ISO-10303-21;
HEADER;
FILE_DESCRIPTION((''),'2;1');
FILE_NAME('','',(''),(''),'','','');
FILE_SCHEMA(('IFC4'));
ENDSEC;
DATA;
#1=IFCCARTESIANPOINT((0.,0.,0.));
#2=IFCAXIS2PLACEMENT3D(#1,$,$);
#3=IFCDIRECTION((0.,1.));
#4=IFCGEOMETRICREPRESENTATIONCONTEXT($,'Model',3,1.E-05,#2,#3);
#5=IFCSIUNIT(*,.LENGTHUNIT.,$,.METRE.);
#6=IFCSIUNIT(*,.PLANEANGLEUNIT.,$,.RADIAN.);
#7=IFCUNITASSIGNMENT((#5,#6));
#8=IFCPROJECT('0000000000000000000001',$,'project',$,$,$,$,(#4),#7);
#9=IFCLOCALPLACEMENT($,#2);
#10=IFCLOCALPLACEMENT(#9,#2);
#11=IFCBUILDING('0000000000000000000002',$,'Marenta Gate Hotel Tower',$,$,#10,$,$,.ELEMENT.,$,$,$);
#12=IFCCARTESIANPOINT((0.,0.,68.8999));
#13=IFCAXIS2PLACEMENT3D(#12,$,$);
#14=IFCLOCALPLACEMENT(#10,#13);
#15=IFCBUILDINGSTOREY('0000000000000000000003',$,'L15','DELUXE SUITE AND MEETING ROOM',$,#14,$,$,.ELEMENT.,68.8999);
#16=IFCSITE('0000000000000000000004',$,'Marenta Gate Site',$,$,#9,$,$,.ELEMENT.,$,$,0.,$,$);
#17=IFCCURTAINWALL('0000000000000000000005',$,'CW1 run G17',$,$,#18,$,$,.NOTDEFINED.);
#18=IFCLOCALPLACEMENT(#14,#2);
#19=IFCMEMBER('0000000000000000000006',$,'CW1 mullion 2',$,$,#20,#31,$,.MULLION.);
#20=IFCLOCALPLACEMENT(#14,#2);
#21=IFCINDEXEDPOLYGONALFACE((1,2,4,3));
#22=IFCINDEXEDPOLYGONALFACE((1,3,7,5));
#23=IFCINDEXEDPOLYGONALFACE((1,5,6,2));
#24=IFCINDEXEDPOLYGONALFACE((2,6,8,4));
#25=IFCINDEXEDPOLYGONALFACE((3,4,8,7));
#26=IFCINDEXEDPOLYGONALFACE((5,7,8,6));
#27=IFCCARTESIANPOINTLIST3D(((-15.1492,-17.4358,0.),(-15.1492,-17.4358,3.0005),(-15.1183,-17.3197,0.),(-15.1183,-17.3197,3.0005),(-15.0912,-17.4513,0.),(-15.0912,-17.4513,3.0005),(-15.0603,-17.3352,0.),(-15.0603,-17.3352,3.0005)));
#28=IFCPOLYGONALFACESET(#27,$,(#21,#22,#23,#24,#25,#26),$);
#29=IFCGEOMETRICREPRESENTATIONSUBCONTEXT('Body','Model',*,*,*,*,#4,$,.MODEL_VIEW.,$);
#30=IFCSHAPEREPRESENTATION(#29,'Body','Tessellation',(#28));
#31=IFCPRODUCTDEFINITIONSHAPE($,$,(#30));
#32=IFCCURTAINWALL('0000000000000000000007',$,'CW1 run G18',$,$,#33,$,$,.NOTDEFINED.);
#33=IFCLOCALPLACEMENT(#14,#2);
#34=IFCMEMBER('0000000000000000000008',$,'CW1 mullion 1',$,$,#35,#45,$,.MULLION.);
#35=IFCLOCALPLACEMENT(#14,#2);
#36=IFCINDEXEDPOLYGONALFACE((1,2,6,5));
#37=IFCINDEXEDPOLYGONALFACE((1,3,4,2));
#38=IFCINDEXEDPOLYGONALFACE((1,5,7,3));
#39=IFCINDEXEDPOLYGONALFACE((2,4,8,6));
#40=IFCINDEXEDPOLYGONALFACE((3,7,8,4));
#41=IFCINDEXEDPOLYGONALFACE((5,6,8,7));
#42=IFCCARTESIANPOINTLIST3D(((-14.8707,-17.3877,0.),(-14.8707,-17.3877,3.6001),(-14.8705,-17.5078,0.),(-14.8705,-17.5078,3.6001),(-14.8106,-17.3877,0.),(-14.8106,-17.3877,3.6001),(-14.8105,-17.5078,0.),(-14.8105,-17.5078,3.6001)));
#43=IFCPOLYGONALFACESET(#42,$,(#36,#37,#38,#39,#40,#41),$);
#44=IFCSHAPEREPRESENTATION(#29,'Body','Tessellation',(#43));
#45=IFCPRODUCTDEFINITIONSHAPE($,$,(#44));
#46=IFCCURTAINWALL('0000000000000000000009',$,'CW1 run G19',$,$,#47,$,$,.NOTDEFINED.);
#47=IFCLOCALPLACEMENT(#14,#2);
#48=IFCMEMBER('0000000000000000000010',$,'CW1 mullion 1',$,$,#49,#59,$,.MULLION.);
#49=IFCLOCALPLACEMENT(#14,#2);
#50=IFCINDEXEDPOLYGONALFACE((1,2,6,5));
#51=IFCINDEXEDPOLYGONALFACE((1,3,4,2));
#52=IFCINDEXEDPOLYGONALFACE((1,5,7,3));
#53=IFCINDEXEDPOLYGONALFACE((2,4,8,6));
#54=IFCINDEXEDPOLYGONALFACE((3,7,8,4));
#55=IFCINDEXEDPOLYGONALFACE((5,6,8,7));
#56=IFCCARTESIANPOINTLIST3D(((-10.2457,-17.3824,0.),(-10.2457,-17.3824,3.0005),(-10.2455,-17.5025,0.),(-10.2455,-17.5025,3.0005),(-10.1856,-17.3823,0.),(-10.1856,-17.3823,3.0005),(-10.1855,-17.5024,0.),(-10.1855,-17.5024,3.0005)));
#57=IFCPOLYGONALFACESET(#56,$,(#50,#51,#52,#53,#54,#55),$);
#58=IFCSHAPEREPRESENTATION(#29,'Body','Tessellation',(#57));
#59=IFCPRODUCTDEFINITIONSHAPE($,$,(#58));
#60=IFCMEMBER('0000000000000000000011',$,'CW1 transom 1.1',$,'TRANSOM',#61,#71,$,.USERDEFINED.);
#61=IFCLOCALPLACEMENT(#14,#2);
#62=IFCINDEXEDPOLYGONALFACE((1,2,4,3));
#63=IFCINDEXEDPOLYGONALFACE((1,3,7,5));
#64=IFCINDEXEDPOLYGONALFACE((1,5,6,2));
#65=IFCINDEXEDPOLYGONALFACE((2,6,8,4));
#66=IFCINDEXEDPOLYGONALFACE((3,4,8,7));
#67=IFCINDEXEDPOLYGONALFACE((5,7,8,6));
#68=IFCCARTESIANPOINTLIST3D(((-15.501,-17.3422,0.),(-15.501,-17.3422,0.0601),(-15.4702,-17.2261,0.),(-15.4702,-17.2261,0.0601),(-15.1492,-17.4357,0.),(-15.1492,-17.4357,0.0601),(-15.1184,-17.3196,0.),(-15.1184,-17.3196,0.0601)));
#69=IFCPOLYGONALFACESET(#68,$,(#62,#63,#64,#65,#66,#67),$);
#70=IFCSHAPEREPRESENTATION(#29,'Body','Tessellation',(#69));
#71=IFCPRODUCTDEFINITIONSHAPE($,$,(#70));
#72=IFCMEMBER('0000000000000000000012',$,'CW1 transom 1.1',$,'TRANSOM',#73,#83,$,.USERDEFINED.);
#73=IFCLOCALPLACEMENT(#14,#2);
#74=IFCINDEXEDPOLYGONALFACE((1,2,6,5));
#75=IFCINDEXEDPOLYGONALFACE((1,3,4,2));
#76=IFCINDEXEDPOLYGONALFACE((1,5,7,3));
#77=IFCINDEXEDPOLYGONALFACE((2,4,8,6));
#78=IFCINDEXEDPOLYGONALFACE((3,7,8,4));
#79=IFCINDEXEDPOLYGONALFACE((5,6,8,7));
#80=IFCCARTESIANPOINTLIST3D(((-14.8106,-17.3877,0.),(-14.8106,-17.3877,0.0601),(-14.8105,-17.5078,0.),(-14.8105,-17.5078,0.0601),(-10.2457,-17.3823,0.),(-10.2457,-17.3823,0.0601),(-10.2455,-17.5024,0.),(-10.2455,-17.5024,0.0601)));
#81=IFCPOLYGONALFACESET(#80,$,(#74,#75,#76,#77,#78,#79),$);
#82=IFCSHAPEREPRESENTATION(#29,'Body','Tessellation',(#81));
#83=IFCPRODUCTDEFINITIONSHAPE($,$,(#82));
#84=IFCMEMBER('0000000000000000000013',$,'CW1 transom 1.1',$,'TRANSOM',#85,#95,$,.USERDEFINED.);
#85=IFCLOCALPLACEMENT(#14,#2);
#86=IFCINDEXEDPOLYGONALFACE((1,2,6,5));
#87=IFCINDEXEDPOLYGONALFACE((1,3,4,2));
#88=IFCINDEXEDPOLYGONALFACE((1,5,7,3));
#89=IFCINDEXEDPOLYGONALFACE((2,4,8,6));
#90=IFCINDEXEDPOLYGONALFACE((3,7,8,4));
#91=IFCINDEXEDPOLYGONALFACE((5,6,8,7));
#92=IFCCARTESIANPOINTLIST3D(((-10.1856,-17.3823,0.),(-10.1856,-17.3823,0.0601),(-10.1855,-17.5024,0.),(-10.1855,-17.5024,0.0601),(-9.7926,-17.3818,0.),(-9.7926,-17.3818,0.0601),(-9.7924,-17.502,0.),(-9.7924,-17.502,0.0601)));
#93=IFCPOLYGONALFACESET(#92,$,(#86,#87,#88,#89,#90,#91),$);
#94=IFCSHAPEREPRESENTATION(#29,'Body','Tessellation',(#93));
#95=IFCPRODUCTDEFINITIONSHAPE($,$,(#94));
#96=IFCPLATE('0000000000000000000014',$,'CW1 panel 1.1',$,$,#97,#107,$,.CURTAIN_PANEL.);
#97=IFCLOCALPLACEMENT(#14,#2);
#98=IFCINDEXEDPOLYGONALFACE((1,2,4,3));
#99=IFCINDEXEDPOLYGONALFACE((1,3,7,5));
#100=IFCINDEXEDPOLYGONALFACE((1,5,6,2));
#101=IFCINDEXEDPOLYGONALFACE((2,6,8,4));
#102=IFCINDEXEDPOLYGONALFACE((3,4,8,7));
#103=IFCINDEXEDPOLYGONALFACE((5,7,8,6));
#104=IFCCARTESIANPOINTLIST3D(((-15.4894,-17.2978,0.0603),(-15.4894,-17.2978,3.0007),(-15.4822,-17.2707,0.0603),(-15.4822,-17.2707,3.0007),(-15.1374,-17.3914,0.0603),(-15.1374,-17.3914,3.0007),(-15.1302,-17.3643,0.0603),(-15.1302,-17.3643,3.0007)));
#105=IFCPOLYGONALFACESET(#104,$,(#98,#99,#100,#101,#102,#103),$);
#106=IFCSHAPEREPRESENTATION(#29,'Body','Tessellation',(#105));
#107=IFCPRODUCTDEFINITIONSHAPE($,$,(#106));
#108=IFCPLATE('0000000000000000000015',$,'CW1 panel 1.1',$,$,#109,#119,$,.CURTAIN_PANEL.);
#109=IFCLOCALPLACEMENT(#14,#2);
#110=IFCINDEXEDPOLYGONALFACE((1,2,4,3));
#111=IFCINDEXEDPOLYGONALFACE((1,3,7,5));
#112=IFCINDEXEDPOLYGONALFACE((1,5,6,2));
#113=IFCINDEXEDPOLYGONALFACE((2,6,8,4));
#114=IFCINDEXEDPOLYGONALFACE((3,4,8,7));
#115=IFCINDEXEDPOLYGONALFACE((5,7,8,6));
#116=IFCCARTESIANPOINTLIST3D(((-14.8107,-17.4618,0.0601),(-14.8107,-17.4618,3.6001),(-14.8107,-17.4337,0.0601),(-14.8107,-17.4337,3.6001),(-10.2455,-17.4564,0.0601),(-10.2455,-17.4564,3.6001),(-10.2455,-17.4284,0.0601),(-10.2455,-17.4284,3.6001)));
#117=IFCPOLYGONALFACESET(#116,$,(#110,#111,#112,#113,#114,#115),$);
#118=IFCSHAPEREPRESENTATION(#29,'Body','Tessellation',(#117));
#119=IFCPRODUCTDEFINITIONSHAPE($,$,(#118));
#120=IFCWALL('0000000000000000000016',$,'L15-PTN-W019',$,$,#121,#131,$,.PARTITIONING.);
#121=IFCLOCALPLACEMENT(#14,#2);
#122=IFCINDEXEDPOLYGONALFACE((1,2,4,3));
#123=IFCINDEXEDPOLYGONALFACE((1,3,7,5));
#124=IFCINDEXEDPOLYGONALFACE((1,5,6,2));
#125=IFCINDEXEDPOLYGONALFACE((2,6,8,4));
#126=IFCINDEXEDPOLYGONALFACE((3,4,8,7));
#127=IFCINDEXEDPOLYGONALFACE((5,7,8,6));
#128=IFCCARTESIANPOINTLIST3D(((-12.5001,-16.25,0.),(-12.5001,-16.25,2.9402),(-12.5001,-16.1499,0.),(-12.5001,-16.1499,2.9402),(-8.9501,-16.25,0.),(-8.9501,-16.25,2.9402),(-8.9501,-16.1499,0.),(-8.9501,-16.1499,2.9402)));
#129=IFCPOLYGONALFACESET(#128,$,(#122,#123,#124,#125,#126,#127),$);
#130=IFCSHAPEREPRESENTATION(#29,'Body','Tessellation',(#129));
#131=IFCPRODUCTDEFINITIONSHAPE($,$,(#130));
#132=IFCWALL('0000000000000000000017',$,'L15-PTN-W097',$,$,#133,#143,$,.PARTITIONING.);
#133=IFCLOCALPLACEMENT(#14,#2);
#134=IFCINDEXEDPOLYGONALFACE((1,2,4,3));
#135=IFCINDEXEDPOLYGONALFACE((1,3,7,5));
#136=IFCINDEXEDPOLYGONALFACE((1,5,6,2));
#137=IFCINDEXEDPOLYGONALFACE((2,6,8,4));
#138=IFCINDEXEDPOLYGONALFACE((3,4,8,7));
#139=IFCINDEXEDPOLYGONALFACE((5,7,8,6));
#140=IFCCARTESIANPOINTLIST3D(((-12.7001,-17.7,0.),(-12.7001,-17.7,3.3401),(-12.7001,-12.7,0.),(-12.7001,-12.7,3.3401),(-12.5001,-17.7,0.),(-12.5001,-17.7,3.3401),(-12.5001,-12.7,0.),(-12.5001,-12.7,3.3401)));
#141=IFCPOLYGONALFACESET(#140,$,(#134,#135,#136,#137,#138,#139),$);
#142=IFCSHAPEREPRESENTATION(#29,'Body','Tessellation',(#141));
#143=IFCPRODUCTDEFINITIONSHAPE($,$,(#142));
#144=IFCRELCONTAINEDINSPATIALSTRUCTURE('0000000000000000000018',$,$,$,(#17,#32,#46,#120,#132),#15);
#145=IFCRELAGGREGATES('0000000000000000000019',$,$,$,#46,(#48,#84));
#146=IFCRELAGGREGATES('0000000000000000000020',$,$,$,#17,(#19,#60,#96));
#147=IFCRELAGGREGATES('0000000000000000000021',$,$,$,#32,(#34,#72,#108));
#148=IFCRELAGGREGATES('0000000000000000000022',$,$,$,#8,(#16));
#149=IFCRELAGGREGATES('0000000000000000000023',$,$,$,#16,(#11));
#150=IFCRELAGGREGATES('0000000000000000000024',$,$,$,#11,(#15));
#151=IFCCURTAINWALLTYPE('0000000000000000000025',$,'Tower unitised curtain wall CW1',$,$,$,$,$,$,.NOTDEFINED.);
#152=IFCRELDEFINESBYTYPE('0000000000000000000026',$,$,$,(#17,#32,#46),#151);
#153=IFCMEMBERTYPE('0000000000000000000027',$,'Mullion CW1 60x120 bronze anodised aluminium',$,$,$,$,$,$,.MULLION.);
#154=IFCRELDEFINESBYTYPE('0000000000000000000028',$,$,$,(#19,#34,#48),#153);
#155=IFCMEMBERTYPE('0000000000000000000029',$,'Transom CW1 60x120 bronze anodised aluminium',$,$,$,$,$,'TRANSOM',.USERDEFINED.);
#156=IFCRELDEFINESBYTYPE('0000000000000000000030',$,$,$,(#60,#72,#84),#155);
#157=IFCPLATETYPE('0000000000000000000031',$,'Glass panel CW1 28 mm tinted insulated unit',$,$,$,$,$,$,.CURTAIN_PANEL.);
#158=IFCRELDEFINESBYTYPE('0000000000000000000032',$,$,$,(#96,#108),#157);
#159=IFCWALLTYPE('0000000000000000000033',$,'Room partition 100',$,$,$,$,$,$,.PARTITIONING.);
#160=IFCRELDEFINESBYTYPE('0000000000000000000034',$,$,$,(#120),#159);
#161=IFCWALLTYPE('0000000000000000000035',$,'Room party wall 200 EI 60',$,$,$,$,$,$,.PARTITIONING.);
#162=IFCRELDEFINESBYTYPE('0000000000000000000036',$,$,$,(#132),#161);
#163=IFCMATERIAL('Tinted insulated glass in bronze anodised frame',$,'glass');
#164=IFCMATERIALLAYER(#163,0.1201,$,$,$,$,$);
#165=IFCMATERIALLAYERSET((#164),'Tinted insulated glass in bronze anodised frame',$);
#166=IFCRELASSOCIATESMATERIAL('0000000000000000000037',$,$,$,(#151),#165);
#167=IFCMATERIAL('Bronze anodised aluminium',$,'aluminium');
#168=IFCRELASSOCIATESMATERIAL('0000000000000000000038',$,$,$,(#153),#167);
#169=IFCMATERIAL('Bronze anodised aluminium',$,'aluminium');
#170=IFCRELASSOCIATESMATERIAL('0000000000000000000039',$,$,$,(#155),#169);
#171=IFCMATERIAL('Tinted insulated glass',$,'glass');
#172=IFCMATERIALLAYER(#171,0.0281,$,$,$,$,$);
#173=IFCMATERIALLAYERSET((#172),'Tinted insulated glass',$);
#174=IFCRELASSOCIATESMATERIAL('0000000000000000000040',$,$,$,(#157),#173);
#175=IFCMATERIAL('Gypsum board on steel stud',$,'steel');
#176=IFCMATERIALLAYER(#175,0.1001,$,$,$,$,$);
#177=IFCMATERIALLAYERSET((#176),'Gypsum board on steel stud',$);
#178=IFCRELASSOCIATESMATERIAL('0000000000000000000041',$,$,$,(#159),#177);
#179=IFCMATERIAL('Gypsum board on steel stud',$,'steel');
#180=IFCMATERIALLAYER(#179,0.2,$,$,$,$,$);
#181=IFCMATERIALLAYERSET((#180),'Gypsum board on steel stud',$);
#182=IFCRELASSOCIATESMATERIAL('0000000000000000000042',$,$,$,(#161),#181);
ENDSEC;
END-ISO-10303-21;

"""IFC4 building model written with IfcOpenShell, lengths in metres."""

from ifc_helpers import new_model, si_unit, direction, frame, frame_2d, origin, origin_2d, place, context, subcontext, project, spatial, rectangle, extrude, material, layer, layer_set, material_profile, profile_set, type_object, element, aggregate, save


model = new_model("IFC4")

# Units and contexts
model_context = context("Model", 3, precision=1e-05, world=origin(), true_north=direction((0.0, 1.0)))
body_context = subcontext(model_context, "Body", "Model", "MODEL_VIEW")
ifc_project = project(units=[si_unit("LENGTHUNIT", "METRE"), si_unit("PLANEANGLEUNIT", "RADIAN")], contexts=[model_context])

# Site, building, storey
site_placement = place(None, origin())
site = spatial("IfcSite", under=ifc_project, at=site_placement, Name="Marenta Gate Site", CompositionType="ELEMENT", RefElevation=0.0)
building_placement = place(site_placement, origin())
building = spatial("IfcBuilding", under=site, at=building_placement, Name="Marenta Gate Hotel Tower", CompositionType="ELEMENT")
storey_placement = place(building_placement, frame((0.0, 0.0, 68.8999)))
storey = spatial("IfcBuildingStorey", under=building, at=storey_placement, Name="L15", Description="DELUXE SUITE AND MEETING ROOM", CompositionType="ELEMENT", Elevation=68.8999)

# Curtain wall, member
ifc_material_1 = material(Name="Tinted insulated glass in bronze anodised frame", Category="glass")
ifc_layer_1 = layer(ifc_material_1, 0.1201)
ifc_layer_set_1 = layer_set([ifc_layer_1], Name="Tinted insulated glass in bronze anodised frame")
curtain_wall_type = type_object("IfcCurtainWallType", Name="Tower unitised curtain wall CW1", PredefinedType="NOTDEFINED", material=ifc_layer_set_1)
curtain_wall_1_placement = place(storey_placement, origin())
curtain_wall_1 = element("IfcCurtainWall", 1, at=curtain_wall_1_placement, inside=storey, type_object=curtain_wall_type, Name="CW1 run G17", PredefinedType="NOTDEFINED")
ifc_material_2 = material(Name="Bronze anodised aluminium", Category="aluminium")
ifc_material_profile_1 = material_profile(ifc_material_2, rectangle(XDim=0.1201, YDim=0.0601, at=origin_2d()), Name="Mullion CW1 60x120 bronze anodised aluminium")
ifc_profile_set_1 = profile_set([ifc_material_profile_1], Name="Bronze anodised aluminium")
member_type_1 = type_object("IfcMemberType", Name="Mullion CW1 60x120 bronze anodised aluminium", PredefinedType="MULLION", material=ifc_profile_set_1)
member_1_placement = place(storey_placement, frame((-15.1047, -17.3855, 0.0), z_axis=(0.0, 0.0, 1.0), x_axis=(0.257084, 0.966389, 0.0)))
member_1 = element("IfcMember", 2, at=member_1_placement, type_object=member_type_1, Name="CW1 mullion 2", PredefinedType="MULLION", context=body_context, shape_type="SweptSolid", body=[
    extrude(rectangle(XDim=0.1201, YDim=0.0601, at=origin_2d()), origin(), (0.0, 0.0, 1.0), 3.0005),
])

# Curtain walls, members
curtain_wall_2_placement = place(storey_placement, origin())
curtain_wall_2 = element("IfcCurtainWall", 3, at=curtain_wall_2_placement, inside=storey, type_object=curtain_wall_type, Name="CW1 run G18", PredefinedType="NOTDEFINED")
member_2_placement = place(storey_placement, frame((-14.8406, -17.4478, 0.0), z_axis=(0.0, 0.0, 1.0), x_axis=(-0.001168, 0.999999, 0.0)))
member_2 = element("IfcMember", 4, at=member_2_placement, type_object=member_type_1, Name="CW1 mullion 1", PredefinedType="MULLION", context=body_context, shape_type="SweptSolid", body=[
    extrude(rectangle(XDim=0.1201, YDim=0.0601, at=origin_2d()), origin(), (0.0, 0.0, 1.0), 3.6001),
])
curtain_wall_3_placement = place(storey_placement, origin())
curtain_wall_3 = element("IfcCurtainWall", 5, at=curtain_wall_3_placement, inside=storey, type_object=curtain_wall_type, Name="CW1 run G19", PredefinedType="NOTDEFINED")
member_3_placement = place(storey_placement, frame((-10.2156, -17.4424, 0.0), z_axis=(0.0, 0.0, 1.0), x_axis=(-0.001104, 0.999999, 0.0)))
member_3 = element("IfcMember", 6, at=member_3_placement, type_object=member_type_1, Name="CW1 mullion 1", PredefinedType="MULLION", context=body_context, shape_type="SweptSolid", body=[
    extrude(rectangle(XDim=0.1201, YDim=0.0601, at=origin_2d()), origin(), (0.0, 0.0, 1.0), 3.0005),
])

# Members
ifc_material_3 = material(Name="Bronze anodised aluminium", Category="aluminium")
ifc_material_profile_2 = material_profile(ifc_material_3, rectangle(XDim=0.1201, YDim=0.0601, at=origin_2d()), Name="Transom CW1 60x120 bronze anodised aluminium")
ifc_profile_set_2 = profile_set([ifc_material_profile_2], Name="Bronze anodised aluminium")
member_type_2 = type_object("IfcMemberType", Name="Transom CW1 60x120 bronze anodised aluminium", ElementType="TRANSOM", PredefinedType="USERDEFINED", material=ifc_profile_set_2)
member_4_placement = place(storey_placement, frame((-15.4856, -17.2842, 0.03), z_axis=(0.966446, -0.256869, 0.0), x_axis=(0.256869, 0.966446, 0.0)))
member_4 = element("IfcMember", 7, at=member_4_placement, type_object=member_type_2, Name="CW1 transom 1.1", ObjectType="TRANSOM", PredefinedType="USERDEFINED", context=body_context, shape_type="SweptSolid", body=[
    extrude(rectangle(XDim=0.1201, YDim=0.0601, at=origin_2d()), origin(), (0.0, 0.0, 1.0), 0.364),
])
member_5_placement = place(storey_placement, frame((-14.8105, -17.4478, 0.03), z_axis=(0.999999, 0.001177, 0.0), x_axis=(-0.001177, 0.999999, 0.0)))
member_5 = element("IfcMember", 8, at=member_5_placement, type_object=member_type_2, Name="CW1 transom 1.1", ObjectType="TRANSOM", PredefinedType="USERDEFINED", context=body_context, shape_type="SweptSolid", body=[
    extrude(rectangle(XDim=0.1201, YDim=0.0601, at=origin_2d()), origin(), (0.0, 0.0, 1.0), 4.5649),
])
member_6_placement = place(storey_placement, frame((-10.1855, -17.4424, 0.03), z_axis=(0.999999, 0.001242, 0.0), x_axis=(-0.001242, 0.999999, 0.0)))
member_6 = element("IfcMember", 9, at=member_6_placement, type_object=member_type_2, Name="CW1 transom 1.1", ObjectType="TRANSOM", PredefinedType="USERDEFINED", context=body_context, shape_type="SweptSolid", body=[
    extrude(rectangle(XDim=0.1201, YDim=0.0601, at=origin_2d()), origin(), (0.0, 0.0, 1.0), 0.3931),
])
aggregate(curtain_wall_3, [member_3, member_6])

# Plates
ifc_material_4 = material(Name="Tinted insulated glass", Category="glass")
ifc_layer_2 = layer(ifc_material_4, 0.0281)
ifc_layer_set_2 = layer_set([ifc_layer_2], Name="Tinted insulated glass")
plate_type = type_object("IfcPlateType", Name="Glass panel CW1 28 mm tinted insulated unit", PredefinedType="CURTAIN_PANEL", material=ifc_layer_set_2)
plate_1_placement = place(storey_placement, frame((-15.3098, -17.3311, 0.0603), z_axis=(0.0, 0.0, 1.0), x_axis=(0.966389, -0.257084, 0.0)))
plate_1 = element("IfcPlate", 10, at=plate_1_placement, type_object=plate_type, Name="CW1 panel 1.1", PredefinedType="CURTAIN_PANEL", context=body_context, shape_type="SweptSolid", body=[
    extrude(rectangle(XDim=0.3643, YDim=0.0281, at=origin_2d()), origin(), (0.0, 0.0, 1.0), 2.9404),
])
aggregate(curtain_wall_1, [member_1, member_4, plate_1])
plate_2_placement = place(storey_placement, frame((-12.5281, -17.4451, 0.0601), z_axis=(0.0, 0.0, 1.0), x_axis=(0.999999, 0.001168, 0.0)))
plate_2 = element("IfcPlate", 11, at=plate_2_placement, type_object=plate_type, Name="CW1 panel 1.1", PredefinedType="CURTAIN_PANEL", context=body_context, shape_type="SweptSolid", body=[
    extrude(rectangle(XDim=4.5652, YDim=0.0281, at=origin_2d()), origin(), (0.0, 0.0, 1.0), 3.54),
])
aggregate(curtain_wall_2, [member_2, member_5, plate_2])

# Walls
ifc_material_5 = material(Name="Gypsum board on steel stud", Category="steel")
ifc_layer_3 = layer(ifc_material_5, 0.1001)
ifc_layer_set_3 = layer_set([ifc_layer_3], Name="Gypsum board on steel stud")
wall_type_1 = type_object("IfcWallType", Name="Room partition 100", PredefinedType="PARTITIONING", material=ifc_layer_set_3)
wall_1_placement = place(storey_placement, frame((-12.5, -16.2, 0.0), z_axis=(0.0, 0.0, 1.0), x_axis=(1.0, 0.0, 0.0)))
element("IfcWall", 12, at=wall_1_placement, inside=storey, type_object=wall_type_1, Name="L15-PTN-W019", PredefinedType="PARTITIONING", context=body_context, shape_type="SweptSolid", body=[
    extrude(rectangle(XDim=3.55, YDim=0.1001, at=frame_2d((1.7749, 0.0))), origin(), (0.0, 0.0, 1.0), 2.9402),
])
ifc_material_6 = material(Name="Gypsum board on steel stud", Category="steel")
ifc_layer_4 = layer(ifc_material_6, 0.2)
ifc_layer_set_4 = layer_set([ifc_layer_4], Name="Gypsum board on steel stud")
wall_type_2 = type_object("IfcWallType", Name="Room party wall 200 EI 60", PredefinedType="PARTITIONING", material=ifc_layer_set_4)
wall_2_placement = place(storey_placement, frame((-12.6001, -17.7, 0.0), z_axis=(0.0, 0.0, 1.0), x_axis=(0.0, 1.0, 0.0)))
element("IfcWall", 13, at=wall_2_placement, inside=storey, type_object=wall_type_2, Name="L15-PTN-W097", PredefinedType="PARTITIONING", context=body_context, shape_type="SweptSolid", body=[
    extrude(rectangle(XDim=5.0, YDim=0.2, at=frame_2d((2.5, 0.0))), origin(), (0.0, 0.0, 1.0), 3.3401),
])

save(model, "model.ifc")
